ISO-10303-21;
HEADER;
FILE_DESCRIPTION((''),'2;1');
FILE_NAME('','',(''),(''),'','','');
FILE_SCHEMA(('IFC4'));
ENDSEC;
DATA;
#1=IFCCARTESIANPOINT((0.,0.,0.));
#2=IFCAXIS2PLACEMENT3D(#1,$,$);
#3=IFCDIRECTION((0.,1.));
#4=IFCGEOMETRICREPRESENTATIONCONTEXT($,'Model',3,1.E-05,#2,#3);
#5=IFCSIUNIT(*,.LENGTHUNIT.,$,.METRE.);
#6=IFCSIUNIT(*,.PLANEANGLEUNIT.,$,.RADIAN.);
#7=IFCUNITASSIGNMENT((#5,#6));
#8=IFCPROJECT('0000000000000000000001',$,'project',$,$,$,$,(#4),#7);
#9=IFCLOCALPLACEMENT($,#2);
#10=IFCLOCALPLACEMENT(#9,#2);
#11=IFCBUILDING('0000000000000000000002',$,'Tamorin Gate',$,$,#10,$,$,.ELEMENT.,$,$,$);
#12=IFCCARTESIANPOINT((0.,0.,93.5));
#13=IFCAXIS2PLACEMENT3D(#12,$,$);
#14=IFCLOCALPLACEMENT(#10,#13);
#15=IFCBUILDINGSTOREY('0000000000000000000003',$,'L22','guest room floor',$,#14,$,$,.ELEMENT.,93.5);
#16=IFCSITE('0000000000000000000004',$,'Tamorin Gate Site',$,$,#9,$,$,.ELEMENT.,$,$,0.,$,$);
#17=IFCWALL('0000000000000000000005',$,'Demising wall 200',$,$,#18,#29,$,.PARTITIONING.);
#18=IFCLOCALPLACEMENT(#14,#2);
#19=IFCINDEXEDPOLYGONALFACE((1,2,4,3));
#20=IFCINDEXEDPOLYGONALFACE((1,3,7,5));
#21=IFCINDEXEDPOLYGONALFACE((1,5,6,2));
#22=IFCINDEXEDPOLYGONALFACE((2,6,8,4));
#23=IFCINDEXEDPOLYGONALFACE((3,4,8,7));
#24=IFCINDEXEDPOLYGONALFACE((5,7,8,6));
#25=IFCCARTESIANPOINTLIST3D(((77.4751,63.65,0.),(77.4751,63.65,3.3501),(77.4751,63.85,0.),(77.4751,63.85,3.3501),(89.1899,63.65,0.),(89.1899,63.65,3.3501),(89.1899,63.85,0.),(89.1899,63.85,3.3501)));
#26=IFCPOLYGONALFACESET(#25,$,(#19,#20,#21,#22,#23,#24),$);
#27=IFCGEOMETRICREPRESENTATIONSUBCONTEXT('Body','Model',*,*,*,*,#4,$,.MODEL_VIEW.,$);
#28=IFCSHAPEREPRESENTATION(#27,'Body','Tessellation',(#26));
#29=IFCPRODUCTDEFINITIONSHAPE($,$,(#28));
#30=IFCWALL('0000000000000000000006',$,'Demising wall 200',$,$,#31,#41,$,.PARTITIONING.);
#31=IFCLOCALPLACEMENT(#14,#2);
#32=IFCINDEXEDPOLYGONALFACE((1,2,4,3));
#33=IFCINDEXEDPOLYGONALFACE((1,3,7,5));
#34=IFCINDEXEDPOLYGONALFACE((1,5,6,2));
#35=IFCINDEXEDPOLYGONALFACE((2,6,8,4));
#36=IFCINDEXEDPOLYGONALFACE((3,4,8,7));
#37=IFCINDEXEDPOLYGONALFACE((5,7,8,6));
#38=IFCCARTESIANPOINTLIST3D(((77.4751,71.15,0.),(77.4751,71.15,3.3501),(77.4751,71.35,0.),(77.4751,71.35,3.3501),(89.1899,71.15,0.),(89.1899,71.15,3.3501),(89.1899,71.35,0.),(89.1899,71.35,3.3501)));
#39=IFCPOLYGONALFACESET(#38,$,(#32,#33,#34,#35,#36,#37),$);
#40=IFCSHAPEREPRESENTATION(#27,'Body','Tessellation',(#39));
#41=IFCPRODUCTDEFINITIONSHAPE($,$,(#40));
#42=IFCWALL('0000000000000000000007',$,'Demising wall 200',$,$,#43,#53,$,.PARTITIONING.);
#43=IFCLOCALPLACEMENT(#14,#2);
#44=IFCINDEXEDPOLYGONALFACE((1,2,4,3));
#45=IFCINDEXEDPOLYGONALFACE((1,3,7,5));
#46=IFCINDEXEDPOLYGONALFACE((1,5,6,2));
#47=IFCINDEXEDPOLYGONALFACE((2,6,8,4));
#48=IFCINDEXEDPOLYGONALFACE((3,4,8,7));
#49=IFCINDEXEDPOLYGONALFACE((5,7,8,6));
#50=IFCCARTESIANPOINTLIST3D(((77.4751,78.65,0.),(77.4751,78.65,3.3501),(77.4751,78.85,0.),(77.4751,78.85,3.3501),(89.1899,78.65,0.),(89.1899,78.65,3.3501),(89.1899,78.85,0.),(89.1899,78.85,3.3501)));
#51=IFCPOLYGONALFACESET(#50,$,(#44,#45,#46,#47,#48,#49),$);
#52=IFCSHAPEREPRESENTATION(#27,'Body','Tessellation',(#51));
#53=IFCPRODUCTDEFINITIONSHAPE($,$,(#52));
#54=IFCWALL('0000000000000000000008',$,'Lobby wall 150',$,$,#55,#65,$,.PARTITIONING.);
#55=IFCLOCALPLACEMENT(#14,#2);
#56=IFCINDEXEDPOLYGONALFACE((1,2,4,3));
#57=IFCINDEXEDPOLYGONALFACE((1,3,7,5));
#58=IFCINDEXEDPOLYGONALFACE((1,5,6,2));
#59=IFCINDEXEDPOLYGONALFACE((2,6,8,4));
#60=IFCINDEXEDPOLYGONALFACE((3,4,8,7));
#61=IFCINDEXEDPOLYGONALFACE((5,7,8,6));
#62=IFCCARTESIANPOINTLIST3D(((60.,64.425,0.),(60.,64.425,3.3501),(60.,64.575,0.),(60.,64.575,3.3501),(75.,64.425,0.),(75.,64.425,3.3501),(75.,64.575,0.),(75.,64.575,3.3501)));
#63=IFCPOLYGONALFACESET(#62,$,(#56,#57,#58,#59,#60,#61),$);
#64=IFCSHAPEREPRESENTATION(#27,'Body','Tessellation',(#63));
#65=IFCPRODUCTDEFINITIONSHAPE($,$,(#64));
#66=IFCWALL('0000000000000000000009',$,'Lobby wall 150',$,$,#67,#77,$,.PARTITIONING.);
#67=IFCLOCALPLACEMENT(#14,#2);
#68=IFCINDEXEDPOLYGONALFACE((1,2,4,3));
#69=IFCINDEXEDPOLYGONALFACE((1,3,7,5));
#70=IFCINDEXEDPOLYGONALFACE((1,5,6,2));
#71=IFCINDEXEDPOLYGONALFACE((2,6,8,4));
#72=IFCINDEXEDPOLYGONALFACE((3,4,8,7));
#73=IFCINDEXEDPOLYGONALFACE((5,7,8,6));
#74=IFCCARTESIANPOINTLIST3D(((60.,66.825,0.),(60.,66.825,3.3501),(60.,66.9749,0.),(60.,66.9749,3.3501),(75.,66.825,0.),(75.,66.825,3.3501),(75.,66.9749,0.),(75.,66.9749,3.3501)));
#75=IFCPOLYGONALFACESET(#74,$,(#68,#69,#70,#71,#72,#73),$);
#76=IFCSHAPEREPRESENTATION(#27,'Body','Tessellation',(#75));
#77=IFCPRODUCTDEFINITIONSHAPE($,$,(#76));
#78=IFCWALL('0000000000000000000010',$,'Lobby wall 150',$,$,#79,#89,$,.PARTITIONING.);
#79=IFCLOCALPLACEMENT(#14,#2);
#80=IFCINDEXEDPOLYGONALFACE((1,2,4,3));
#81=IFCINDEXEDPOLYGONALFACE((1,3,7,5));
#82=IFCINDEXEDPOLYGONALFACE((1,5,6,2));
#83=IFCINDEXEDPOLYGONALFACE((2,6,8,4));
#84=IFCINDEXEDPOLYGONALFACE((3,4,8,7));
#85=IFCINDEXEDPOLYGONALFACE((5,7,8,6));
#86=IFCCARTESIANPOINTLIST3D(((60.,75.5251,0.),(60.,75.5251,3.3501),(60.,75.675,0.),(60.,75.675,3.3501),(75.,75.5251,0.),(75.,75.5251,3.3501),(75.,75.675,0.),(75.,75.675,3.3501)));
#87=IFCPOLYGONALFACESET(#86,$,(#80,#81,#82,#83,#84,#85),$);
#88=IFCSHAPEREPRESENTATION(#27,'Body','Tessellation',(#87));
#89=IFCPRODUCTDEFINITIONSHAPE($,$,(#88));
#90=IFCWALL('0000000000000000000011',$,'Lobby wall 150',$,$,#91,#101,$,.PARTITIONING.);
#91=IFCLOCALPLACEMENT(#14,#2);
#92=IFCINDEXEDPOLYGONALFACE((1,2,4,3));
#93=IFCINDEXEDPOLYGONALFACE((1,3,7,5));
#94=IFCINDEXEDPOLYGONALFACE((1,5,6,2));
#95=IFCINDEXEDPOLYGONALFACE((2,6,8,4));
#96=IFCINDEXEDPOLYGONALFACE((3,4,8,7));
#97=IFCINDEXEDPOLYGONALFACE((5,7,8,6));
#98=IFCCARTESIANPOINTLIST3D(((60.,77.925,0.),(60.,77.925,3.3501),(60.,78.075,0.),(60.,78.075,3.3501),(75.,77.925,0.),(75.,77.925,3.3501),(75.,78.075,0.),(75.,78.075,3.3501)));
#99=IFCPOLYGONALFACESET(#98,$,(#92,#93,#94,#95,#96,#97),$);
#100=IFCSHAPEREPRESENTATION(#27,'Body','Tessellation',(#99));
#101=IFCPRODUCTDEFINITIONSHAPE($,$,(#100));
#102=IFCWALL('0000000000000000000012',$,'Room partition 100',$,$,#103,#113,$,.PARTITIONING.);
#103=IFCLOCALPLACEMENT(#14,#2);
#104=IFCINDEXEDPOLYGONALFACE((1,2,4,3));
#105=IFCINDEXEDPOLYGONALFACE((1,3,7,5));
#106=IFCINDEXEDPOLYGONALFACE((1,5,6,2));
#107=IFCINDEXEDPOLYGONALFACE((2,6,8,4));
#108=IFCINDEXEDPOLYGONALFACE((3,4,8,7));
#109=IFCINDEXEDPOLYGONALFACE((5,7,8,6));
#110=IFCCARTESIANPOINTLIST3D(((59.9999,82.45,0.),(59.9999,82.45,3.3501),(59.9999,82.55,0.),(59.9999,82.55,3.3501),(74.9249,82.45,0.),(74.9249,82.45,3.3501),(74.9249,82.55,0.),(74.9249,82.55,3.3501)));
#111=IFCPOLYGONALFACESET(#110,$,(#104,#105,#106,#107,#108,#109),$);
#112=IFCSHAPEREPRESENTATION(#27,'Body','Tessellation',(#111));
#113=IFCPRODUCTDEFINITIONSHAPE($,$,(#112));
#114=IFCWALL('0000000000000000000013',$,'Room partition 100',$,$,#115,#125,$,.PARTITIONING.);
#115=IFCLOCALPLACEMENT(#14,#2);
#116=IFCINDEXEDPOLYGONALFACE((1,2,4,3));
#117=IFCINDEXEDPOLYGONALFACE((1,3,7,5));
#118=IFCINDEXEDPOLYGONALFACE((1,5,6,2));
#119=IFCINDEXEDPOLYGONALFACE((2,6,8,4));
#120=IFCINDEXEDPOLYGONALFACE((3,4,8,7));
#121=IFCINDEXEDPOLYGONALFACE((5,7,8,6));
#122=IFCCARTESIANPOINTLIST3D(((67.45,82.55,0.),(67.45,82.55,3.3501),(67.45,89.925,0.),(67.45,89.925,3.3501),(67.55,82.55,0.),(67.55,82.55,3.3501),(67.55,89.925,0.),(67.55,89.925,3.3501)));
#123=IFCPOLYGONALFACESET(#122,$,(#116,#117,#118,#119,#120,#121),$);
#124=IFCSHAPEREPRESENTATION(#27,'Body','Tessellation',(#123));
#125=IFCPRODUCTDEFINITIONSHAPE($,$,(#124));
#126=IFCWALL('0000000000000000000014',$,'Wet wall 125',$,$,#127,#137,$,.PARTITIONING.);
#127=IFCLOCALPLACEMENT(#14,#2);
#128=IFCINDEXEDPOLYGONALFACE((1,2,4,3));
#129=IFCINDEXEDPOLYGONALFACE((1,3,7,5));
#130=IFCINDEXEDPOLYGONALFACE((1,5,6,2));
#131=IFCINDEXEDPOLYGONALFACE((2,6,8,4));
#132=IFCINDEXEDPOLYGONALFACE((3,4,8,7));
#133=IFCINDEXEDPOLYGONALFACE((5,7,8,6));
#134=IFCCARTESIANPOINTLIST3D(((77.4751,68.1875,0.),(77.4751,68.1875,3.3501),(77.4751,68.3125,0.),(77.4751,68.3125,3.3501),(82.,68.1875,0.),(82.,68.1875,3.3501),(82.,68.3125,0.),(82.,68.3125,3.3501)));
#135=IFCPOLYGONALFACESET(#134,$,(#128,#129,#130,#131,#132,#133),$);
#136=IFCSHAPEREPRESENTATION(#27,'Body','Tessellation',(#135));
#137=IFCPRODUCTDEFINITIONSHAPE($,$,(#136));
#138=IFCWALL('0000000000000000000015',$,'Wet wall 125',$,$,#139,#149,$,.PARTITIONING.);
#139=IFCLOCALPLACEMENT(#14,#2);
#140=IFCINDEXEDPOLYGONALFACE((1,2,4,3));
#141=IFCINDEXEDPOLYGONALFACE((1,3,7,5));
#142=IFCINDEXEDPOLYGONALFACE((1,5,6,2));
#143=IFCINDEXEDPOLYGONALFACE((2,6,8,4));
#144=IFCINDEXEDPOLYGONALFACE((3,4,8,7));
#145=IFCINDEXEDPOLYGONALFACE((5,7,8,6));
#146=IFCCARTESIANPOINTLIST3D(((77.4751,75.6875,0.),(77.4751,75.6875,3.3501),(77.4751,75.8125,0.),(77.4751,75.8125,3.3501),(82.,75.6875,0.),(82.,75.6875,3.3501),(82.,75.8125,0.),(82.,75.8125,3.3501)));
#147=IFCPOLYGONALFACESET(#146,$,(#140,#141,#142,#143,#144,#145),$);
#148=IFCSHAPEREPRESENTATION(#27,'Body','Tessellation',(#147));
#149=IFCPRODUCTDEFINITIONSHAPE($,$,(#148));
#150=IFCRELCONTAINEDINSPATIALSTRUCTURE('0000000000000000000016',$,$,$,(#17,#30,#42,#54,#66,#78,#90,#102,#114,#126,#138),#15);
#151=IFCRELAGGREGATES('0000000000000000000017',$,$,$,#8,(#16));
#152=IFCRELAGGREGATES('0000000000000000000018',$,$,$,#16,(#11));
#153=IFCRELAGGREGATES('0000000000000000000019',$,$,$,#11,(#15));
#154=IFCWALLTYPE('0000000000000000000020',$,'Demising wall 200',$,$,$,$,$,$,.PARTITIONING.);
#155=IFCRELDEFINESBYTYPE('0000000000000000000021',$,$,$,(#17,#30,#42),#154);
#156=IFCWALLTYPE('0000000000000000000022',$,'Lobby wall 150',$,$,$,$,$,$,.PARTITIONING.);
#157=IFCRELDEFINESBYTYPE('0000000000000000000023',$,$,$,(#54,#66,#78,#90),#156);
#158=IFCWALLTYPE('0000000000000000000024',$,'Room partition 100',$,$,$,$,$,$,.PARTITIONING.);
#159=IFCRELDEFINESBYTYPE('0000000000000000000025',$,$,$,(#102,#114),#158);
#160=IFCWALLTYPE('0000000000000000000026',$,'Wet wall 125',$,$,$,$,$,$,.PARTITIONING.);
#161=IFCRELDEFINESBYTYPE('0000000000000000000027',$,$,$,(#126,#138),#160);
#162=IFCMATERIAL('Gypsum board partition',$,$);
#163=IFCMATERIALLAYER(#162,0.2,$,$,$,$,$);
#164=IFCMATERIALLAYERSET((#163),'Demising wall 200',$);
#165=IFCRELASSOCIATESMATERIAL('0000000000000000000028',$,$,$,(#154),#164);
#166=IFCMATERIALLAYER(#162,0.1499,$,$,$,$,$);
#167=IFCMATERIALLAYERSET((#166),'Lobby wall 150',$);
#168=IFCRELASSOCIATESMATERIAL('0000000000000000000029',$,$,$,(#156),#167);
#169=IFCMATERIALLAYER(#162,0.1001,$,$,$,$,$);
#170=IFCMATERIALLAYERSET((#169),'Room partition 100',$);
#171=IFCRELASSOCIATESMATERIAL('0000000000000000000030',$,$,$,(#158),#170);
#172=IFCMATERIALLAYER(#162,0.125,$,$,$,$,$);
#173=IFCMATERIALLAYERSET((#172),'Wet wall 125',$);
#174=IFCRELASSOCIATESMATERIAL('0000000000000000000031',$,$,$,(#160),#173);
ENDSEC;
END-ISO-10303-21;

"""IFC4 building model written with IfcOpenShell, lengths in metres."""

from ifc_helpers import new_model, si_unit, direction, frame, frame_2d, origin, place, context, subcontext, project, spatial, rectangle, extrude, material, layer, layer_set, type_object, element, save


model = new_model("IFC4")

# Units and contexts
model_context = context("Model", 3, precision=1e-05, world=origin(), true_north=direction((0.0, 1.0)))
body_context = subcontext(model_context, "Body", "Model", "MODEL_VIEW")
ifc_project = project(units=[si_unit("LENGTHUNIT", "METRE"), si_unit("PLANEANGLEUNIT", "RADIAN")], contexts=[model_context])

# Site, building, storey
site_placement = place(None, origin())
site = spatial("IfcSite", under=ifc_project, at=site_placement, Name="Tamorin Gate Site", CompositionType="ELEMENT", RefElevation=0.0)
building_placement = place(site_placement, origin())
building = spatial("IfcBuilding", under=site, at=building_placement, Name="Tamorin Gate", CompositionType="ELEMENT")
storey_placement = place(building_placement, frame((0.0, 0.0, 93.5)))
storey = spatial("IfcBuildingStorey", under=building, at=storey_placement, Name="L22", Description="guest room floor", CompositionType="ELEMENT", Elevation=93.5)

# Shared definitions
ifc_material_1 = material(Name="Gypsum board partition")

# Walls
ifc_layer_1 = layer(ifc_material_1, 0.2)
ifc_layer_set_1 = layer_set([ifc_layer_1], Name="Demising wall 200")
wall_type_1 = type_object("IfcWallType", Name="Demising wall 200", PredefinedType="PARTITIONING", material=ifc_layer_set_1)
for number, where, z_axis, x_axis, name in (
    (1, (77.4751, 63.75, 0.0), (0.0, 0.0, 1.0), (1.0, 0.0, 0.0), "Demising wall 200"),
    (2, (77.4751, 71.25, 0.0), (0.0, 0.0, 1.0), (1.0, 0.0, 0.0), "Demising wall 200"),
    (3, (77.4751, 78.75, 0.0), (0.0, 0.0, 1.0), (1.0, 0.0, 0.0), "Demising wall 200"),
):
    element("IfcWall", number, at=place(storey_placement, frame(where, z_axis=z_axis, x_axis=x_axis)), inside=storey, type_object=wall_type_1, Name=name, PredefinedType="PARTITIONING", context=body_context, shape_type="SweptSolid", body=[
        extrude(rectangle(XDim=11.7148, YDim=0.2, at=frame_2d((5.8574, 0.0))), origin(), (0.0, 0.0, 1.0), 3.3501),
    ])
ifc_layer_2 = layer(ifc_material_1, 0.1499)
ifc_layer_set_2 = layer_set([ifc_layer_2], Name="Lobby wall 150")
wall_type_2 = type_object("IfcWallType", Name="Lobby wall 150", PredefinedType="PARTITIONING", material=ifc_layer_set_2)
for number, where, z_axis, x_axis, name in (
    (4, (60.0, 64.5, 0.0), (0.0, 0.0, 1.0), (1.0, 0.0, 0.0), "Lobby wall 150"),
    (5, (60.0, 66.8999, 0.0), (0.0, 0.0, 1.0), (1.0, 0.0, 0.0), "Lobby wall 150"),
    (6, (60.0, 75.6001, 0.0), (0.0, 0.0, 1.0), (1.0, 0.0, 0.0), "Lobby wall 150"),
    (7, (60.0, 78.0, 0.0), (0.0, 0.0, 1.0), (1.0, 0.0, 0.0), "Lobby wall 150"),
):
    element("IfcWall", number, at=place(storey_placement, frame(where, z_axis=z_axis, x_axis=x_axis)), inside=storey, type_object=wall_type_2, Name=name, PredefinedType="PARTITIONING", context=body_context, shape_type="SweptSolid", body=[
        extrude(rectangle(XDim=15.0, YDim=0.1499, at=frame_2d((7.5, 0.0))), origin(), (0.0, 0.0, 1.0), 3.3501),
    ])
ifc_layer_3 = layer(ifc_material_1, 0.1001)
ifc_layer_set_3 = layer_set([ifc_layer_3], Name="Room partition 100")
wall_type_3 = type_object("IfcWallType", Name="Room partition 100", PredefinedType="PARTITIONING", material=ifc_layer_set_3)
wall_1_placement = place(storey_placement, frame((60.0, 82.5, 0.0), z_axis=(0.0, 0.0, 1.0), x_axis=(1.0, 0.0, 0.0)))
element("IfcWall", 8, at=wall_1_placement, inside=storey, type_object=wall_type_3, Name="Room partition 100", PredefinedType="PARTITIONING", context=body_context, shape_type="SweptSolid", body=[
    extrude(rectangle(XDim=14.925, YDim=0.1001, at=frame_2d((7.4624, 0.0))), origin(), (0.0, 0.0, 1.0), 3.3501),
])
wall_2_placement = place(storey_placement, frame((67.5, 82.55, 0.0), z_axis=(0.0, 0.0, 1.0), x_axis=(0.0, 1.0, 0.0)))
element("IfcWall", 9, at=wall_2_placement, inside=storey, type_object=wall_type_3, Name="Room partition 100", PredefinedType="PARTITIONING", context=body_context, shape_type="SweptSolid", body=[
    extrude(rectangle(XDim=7.375, YDim=0.1001, at=frame_2d((3.6875, 0.0))), origin(), (0.0, 0.0, 1.0), 3.3501),
])
ifc_layer_4 = layer(ifc_material_1, 0.125)
ifc_layer_set_4 = layer_set([ifc_layer_4], Name="Wet wall 125")
wall_type_4 = type_object("IfcWallType", Name="Wet wall 125", PredefinedType="PARTITIONING", material=ifc_layer_set_4)
for number, where, z_axis, x_axis, name in (
    (10, (77.4751, 68.25, 0.0), (0.0, 0.0, 1.0), (1.0, 0.0, 0.0), "Wet wall 125"),
    (11, (77.4751, 75.75, 0.0), (0.0, 0.0, 1.0), (1.0, 0.0, 0.0), "Wet wall 125"),
):
    element("IfcWall", number, at=place(storey_placement, frame(where, z_axis=z_axis, x_axis=x_axis)), inside=storey, type_object=wall_type_4, Name=name, PredefinedType="PARTITIONING", context=body_context, shape_type="SweptSolid", body=[
        extrude(rectangle(XDim=4.5249, YDim=0.125, at=frame_2d((2.2625, 0.0))), origin(), (0.0, 0.0, 1.0), 3.3501),
    ])

save(model, "model.ifc")
